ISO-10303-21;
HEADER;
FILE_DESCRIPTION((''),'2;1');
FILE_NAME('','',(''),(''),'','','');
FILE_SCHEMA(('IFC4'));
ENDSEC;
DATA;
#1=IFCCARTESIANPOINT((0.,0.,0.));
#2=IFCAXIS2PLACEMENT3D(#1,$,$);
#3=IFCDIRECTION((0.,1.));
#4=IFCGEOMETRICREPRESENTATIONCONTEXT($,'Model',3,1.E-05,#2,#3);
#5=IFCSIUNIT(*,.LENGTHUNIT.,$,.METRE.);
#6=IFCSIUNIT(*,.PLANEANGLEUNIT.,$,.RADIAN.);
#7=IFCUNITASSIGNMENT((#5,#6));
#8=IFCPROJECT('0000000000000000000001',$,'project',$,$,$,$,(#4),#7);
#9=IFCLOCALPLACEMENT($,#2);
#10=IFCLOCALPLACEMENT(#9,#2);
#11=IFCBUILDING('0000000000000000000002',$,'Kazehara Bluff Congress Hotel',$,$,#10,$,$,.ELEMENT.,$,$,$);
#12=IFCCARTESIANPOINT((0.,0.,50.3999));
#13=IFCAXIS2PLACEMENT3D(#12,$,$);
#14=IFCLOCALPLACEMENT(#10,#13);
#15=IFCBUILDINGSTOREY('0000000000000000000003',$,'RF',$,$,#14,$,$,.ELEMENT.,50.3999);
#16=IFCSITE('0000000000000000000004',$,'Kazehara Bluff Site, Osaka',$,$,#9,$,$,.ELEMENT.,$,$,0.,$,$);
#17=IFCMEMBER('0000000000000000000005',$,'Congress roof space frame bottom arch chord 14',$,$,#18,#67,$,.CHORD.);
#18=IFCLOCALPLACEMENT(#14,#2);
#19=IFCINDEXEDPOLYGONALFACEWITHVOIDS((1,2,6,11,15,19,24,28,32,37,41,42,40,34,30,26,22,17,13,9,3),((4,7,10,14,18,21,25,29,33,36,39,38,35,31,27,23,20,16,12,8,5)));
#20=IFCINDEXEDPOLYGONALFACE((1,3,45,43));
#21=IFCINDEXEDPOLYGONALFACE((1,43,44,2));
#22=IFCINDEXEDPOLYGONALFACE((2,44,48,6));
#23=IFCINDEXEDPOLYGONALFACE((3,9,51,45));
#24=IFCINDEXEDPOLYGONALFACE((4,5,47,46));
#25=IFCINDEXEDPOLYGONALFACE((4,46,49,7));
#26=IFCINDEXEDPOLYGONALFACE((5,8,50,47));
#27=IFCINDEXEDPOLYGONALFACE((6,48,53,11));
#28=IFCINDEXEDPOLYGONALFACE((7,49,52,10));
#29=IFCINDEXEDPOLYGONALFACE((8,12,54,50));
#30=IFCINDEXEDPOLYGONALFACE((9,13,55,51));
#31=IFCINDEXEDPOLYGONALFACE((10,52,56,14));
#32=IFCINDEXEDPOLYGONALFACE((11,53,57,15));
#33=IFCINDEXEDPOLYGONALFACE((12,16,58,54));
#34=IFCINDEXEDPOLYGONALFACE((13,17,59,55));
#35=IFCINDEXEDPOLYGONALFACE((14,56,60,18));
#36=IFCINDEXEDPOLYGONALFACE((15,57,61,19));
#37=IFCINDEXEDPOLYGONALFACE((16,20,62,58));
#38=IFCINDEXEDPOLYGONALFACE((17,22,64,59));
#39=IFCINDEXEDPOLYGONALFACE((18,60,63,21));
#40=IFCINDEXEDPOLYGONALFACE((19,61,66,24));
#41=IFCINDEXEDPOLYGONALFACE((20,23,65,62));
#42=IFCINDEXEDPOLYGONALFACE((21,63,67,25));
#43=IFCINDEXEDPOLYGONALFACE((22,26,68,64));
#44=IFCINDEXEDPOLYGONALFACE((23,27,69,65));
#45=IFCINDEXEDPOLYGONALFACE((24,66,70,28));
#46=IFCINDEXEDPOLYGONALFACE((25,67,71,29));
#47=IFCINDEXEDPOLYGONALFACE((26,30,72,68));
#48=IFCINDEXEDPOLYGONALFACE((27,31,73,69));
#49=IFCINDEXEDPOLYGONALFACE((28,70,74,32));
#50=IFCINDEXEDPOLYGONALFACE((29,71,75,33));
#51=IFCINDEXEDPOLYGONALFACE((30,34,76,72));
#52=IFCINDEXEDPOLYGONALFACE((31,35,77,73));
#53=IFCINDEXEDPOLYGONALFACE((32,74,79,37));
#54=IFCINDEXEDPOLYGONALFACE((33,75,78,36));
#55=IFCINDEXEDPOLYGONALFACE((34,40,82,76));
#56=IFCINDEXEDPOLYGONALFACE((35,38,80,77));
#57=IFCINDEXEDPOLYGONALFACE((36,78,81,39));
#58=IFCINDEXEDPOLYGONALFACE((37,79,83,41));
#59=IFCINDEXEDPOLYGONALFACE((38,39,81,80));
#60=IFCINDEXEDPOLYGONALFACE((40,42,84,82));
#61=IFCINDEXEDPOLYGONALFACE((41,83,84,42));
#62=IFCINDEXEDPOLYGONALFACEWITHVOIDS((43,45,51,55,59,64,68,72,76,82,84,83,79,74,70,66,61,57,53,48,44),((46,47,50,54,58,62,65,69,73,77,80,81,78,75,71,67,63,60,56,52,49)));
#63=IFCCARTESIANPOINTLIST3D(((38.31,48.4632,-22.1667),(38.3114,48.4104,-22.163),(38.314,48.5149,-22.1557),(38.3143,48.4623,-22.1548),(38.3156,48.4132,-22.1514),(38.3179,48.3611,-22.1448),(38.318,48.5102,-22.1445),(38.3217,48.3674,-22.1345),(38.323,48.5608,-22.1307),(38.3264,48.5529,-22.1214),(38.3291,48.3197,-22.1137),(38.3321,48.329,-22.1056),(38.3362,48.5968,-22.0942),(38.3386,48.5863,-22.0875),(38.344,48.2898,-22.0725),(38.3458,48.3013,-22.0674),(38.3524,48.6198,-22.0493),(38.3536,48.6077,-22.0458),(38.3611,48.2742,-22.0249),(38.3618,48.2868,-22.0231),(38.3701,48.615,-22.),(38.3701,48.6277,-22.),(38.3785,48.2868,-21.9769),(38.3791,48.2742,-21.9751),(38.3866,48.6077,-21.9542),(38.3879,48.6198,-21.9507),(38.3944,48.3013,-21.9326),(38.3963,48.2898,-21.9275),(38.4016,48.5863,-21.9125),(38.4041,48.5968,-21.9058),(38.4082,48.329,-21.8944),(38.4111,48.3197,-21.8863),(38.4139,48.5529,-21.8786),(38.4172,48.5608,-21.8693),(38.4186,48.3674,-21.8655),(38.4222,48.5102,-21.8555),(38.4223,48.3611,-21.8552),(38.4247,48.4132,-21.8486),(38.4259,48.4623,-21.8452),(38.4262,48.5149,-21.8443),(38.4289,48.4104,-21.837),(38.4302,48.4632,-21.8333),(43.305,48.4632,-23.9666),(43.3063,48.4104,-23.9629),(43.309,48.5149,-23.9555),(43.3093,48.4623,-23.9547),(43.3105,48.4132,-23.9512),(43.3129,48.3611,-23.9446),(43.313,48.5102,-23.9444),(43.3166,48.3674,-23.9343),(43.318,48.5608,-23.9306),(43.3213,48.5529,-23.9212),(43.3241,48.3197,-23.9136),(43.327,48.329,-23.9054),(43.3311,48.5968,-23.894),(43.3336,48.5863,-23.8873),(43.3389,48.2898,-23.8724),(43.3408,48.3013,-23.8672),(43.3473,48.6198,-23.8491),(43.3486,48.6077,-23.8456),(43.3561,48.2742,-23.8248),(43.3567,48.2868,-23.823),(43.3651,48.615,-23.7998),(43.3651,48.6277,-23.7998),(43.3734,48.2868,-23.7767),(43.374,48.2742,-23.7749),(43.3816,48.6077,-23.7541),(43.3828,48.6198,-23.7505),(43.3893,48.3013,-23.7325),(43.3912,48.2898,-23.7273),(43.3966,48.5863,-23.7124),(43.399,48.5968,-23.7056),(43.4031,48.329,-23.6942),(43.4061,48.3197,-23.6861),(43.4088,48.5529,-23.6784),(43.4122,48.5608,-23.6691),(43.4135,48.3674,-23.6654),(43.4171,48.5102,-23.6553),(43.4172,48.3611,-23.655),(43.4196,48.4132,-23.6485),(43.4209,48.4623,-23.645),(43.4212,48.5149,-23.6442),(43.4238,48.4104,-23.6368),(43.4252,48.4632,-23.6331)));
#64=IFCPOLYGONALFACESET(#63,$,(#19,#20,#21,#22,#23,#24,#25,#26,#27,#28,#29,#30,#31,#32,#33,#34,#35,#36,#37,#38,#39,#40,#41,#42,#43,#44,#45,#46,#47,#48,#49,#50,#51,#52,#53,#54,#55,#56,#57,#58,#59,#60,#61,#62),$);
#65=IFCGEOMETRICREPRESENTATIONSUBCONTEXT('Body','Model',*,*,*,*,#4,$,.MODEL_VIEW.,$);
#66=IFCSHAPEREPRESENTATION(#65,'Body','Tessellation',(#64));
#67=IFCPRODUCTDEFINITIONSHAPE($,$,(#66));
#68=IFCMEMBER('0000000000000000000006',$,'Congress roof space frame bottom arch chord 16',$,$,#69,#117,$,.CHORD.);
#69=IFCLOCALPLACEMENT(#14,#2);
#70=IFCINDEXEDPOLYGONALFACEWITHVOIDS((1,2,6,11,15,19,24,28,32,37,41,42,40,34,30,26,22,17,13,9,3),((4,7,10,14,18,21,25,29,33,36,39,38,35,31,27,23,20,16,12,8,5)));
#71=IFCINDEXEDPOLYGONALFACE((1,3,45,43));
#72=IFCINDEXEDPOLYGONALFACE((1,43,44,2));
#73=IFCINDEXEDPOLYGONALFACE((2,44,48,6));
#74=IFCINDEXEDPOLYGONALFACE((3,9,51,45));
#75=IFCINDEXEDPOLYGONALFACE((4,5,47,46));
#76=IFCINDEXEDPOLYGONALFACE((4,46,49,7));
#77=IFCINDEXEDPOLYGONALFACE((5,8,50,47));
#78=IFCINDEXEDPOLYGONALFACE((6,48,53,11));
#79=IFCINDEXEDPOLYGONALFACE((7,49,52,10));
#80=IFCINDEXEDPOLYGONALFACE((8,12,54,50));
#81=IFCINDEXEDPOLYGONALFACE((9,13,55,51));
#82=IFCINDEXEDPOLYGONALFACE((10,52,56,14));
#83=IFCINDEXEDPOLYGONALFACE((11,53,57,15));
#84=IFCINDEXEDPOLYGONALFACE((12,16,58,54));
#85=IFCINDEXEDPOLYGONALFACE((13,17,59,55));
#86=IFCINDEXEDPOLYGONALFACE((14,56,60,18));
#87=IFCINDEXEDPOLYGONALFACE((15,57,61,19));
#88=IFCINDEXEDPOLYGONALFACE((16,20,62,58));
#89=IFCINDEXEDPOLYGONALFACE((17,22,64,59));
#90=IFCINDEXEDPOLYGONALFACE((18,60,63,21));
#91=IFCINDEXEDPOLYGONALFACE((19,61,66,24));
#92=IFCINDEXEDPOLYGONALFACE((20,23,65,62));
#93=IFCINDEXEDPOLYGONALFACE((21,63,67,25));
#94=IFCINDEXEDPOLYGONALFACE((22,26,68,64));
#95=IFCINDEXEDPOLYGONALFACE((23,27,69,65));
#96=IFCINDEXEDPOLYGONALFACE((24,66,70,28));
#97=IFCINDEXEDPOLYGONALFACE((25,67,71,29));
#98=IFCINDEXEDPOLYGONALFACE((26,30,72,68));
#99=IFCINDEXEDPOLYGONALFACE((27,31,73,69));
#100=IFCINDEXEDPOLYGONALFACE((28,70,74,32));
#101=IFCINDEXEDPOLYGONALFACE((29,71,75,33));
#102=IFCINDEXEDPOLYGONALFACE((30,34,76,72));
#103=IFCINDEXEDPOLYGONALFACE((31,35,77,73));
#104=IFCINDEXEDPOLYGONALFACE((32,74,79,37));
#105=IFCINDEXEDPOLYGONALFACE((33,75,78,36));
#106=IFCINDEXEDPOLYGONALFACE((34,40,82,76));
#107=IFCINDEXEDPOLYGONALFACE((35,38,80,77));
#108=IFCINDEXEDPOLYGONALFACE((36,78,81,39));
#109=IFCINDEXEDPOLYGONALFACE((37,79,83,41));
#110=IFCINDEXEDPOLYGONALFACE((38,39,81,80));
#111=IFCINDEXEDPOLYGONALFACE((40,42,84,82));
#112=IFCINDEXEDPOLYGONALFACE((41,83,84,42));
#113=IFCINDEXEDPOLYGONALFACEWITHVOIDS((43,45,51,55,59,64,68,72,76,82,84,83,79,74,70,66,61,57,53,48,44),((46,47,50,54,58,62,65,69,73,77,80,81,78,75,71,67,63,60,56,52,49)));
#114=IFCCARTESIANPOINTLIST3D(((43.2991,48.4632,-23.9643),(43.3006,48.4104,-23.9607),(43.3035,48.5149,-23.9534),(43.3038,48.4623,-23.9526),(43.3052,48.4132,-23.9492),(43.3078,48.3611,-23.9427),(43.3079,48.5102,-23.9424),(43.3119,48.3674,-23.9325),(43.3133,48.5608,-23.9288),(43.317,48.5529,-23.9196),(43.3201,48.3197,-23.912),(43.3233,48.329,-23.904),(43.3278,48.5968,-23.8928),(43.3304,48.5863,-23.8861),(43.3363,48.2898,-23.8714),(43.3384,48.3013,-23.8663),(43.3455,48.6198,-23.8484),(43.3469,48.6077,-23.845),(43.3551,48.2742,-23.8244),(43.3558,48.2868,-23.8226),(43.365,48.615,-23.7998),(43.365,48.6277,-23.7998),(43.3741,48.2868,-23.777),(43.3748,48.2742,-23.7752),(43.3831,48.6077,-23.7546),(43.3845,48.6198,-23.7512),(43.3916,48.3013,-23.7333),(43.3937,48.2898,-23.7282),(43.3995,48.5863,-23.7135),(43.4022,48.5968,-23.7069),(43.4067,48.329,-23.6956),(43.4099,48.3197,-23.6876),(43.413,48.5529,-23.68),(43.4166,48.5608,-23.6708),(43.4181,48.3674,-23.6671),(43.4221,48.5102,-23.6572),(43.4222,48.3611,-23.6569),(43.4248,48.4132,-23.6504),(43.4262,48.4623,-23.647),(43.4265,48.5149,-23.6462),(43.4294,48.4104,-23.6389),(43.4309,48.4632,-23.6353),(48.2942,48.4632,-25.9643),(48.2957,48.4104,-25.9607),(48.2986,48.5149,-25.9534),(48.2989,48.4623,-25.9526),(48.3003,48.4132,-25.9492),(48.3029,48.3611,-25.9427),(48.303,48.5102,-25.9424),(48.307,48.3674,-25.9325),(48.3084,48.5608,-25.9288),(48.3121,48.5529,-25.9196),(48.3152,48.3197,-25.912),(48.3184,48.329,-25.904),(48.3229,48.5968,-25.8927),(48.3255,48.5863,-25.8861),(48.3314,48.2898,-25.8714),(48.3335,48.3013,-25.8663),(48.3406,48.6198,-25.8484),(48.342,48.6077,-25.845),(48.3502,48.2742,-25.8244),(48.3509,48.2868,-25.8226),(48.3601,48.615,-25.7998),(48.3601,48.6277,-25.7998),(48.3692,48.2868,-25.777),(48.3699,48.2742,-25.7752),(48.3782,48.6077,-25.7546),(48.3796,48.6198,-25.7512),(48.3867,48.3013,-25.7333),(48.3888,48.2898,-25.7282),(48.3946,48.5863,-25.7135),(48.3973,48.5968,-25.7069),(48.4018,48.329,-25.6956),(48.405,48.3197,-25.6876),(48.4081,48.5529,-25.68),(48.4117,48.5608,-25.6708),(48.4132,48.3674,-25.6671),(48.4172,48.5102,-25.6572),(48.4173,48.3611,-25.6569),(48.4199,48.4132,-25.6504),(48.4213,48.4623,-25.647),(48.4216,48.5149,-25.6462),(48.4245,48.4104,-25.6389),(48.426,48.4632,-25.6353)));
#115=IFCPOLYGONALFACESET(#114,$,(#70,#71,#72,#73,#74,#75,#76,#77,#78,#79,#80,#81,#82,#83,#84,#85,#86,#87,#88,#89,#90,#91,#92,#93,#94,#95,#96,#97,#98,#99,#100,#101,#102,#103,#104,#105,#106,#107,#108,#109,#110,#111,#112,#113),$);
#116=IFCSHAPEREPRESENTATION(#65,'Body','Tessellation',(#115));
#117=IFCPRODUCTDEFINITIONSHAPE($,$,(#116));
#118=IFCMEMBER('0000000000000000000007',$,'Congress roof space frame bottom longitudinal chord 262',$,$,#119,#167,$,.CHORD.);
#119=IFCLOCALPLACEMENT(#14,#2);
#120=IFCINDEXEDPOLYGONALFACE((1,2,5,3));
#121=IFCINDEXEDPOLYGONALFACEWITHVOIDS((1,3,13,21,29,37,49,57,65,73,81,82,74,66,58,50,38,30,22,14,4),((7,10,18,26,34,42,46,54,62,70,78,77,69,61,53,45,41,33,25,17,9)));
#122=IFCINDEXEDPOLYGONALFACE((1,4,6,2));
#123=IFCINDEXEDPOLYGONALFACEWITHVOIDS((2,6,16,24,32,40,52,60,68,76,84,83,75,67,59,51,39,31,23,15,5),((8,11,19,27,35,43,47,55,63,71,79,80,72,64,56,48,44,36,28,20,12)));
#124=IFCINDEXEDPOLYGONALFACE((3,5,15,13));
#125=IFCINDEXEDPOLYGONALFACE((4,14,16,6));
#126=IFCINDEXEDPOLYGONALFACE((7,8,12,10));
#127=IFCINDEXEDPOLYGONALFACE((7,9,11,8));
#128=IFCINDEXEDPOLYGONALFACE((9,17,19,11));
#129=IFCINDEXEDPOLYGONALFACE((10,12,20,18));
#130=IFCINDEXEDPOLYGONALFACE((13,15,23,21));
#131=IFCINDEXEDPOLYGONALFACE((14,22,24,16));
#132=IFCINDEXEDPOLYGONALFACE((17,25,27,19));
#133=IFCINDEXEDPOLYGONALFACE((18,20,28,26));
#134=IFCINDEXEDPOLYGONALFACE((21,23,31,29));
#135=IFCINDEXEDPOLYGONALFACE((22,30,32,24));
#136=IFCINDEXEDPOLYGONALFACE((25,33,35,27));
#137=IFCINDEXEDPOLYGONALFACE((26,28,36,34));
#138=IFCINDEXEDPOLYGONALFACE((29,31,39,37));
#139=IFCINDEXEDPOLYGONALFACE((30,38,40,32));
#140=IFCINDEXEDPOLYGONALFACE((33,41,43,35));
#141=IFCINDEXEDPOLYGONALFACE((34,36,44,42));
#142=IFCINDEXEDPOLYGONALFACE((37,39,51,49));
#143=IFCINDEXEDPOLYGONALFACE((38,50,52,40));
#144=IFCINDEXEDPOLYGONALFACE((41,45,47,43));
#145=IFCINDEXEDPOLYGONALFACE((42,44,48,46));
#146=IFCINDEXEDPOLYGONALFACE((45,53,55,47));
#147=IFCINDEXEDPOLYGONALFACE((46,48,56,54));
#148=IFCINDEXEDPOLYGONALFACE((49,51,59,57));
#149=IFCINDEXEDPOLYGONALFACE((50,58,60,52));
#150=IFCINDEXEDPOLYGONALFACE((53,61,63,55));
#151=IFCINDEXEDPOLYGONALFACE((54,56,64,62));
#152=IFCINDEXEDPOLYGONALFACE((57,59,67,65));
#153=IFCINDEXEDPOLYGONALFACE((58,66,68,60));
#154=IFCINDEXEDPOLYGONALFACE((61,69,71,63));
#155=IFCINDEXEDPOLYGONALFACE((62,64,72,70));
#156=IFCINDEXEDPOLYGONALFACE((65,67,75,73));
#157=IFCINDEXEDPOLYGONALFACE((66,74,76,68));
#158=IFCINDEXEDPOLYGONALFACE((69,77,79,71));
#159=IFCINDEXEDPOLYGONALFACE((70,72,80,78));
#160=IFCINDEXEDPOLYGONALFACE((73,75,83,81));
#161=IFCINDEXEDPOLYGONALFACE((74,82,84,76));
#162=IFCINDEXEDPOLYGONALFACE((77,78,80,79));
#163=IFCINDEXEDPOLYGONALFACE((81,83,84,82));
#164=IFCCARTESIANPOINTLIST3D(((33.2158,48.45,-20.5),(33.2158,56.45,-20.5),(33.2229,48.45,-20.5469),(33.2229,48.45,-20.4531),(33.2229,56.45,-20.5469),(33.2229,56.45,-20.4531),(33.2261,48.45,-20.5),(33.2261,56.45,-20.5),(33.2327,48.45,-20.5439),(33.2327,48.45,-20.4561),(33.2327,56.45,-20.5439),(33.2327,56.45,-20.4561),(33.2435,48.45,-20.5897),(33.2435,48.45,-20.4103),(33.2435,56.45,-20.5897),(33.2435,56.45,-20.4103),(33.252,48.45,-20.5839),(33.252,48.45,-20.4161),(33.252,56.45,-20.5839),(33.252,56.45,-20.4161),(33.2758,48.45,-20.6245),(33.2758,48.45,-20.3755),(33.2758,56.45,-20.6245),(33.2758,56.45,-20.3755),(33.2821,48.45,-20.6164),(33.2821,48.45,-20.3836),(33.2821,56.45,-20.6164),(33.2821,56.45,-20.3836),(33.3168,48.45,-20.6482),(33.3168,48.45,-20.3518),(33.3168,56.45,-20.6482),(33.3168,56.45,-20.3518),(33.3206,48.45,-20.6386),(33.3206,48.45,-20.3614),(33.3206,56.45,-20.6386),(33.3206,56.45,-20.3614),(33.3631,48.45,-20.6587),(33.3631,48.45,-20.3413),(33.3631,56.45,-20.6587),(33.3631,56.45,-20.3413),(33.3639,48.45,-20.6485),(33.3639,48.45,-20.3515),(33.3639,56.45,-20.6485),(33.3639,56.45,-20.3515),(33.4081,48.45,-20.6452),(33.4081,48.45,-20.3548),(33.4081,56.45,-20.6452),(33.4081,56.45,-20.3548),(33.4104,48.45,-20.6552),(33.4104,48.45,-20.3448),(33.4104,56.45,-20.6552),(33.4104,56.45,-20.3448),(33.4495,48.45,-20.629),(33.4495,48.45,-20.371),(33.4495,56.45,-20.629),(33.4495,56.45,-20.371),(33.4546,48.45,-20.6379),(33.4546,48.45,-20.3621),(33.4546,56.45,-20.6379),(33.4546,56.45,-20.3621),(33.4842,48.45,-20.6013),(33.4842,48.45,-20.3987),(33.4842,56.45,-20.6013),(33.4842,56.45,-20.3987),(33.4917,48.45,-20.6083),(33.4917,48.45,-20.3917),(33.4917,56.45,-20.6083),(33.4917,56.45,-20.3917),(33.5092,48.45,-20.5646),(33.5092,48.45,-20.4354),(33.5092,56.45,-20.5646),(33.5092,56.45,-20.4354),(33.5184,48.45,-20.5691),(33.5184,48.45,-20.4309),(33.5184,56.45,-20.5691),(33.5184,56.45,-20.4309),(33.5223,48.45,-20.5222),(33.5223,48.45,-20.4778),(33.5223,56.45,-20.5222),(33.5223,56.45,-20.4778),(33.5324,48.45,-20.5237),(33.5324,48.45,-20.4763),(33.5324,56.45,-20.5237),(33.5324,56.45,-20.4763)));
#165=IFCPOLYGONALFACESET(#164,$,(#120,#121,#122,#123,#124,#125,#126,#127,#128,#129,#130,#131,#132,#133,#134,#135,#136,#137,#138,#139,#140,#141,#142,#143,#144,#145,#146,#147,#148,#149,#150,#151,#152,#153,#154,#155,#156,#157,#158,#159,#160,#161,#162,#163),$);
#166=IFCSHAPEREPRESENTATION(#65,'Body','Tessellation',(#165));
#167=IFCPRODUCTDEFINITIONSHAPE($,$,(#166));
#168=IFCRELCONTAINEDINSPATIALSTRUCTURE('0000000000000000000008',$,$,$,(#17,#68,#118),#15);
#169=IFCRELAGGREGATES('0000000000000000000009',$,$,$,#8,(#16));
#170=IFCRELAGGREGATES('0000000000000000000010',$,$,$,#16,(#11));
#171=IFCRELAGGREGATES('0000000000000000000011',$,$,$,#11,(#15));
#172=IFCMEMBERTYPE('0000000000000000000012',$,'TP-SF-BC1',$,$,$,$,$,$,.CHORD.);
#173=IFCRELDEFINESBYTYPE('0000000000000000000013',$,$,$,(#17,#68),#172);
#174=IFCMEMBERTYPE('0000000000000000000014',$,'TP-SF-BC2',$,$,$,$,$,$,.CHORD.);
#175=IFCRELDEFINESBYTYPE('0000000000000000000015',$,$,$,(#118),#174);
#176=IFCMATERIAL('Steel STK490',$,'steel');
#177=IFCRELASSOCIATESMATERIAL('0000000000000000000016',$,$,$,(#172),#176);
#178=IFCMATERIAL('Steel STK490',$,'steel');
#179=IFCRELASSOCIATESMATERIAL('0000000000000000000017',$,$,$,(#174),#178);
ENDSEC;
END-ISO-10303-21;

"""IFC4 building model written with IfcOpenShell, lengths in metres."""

from ifc_helpers import new_model, si_unit, direction, frame, origin, origin_2d, place, context, subcontext, project, spatial, hollow_circle, extrude, material, material_profile, profile_set, type_object, element, save


model = new_model("IFC4")

# Units and contexts
model_context = context("Model", 3, precision=1e-05, world=origin(), true_north=direction((0.0, 1.0)))
body_context = subcontext(model_context, "Body", "Model", "MODEL_VIEW")
ifc_project = project(units=[si_unit("LENGTHUNIT", "METRE"), si_unit("PLANEANGLEUNIT", "RADIAN")], contexts=[model_context])

# Site, building, storey
site_placement = place(None, origin())
site = spatial("IfcSite", under=ifc_project, at=site_placement, Name="Kazehara Bluff Site, Osaka", CompositionType="ELEMENT", RefElevation=0.0)
building_placement = place(site_placement, origin())
building = spatial("IfcBuilding", under=site, at=building_placement, Name="Kazehara Bluff Congress Hotel", CompositionType="ELEMENT")
storey_placement = place(building_placement, frame((0.0, 0.0, 50.3999)))
storey = spatial("IfcBuildingStorey", under=building, at=storey_placement, Name="RF", CompositionType="ELEMENT", Elevation=50.3999)

# Members
ifc_material_1 = material(Name="Steel STK490", Category="steel")
ifc_material_profile_1 = material_profile(ifc_material_1, hollow_circle(Radius=0.1777, WallThickness=0.0127, at=origin_2d()))
ifc_profile_set_1 = profile_set([ifc_material_profile_1], Name="Steel STK490")
member_type_1 = type_object("IfcMemberType", Name="TP-SF-BC1", PredefinedType="CHORD", material=ifc_profile_set_1)
member_1_placement = place(storey_placement, frame((38.3701, 48.45, -22.0), z_axis=(0.940788, 0.0, -0.338995), x_axis=(0.0, 1.0, 0.0)))
element("IfcMember", 1, at=member_1_placement, inside=storey, type_object=member_type_1, Name="Congress roof space frame bottom arch chord 14", PredefinedType="CHORD", context=body_context, shape_type="SweptSolid", body=[
    extrude(hollow_circle(Radius=0.1777, WallThickness=0.0127, at=origin_2d()), origin(), (0.0, 0.0, 1.0), 5.3093),
])
member_2_placement = place(storey_placement, frame((43.365, 48.45, -23.7998), z_axis=(0.928351, 0.0, -0.371704), x_axis=(0.0, 1.0, 0.0)))
element("IfcMember", 2, at=member_2_placement, inside=storey, type_object=member_type_1, Name="Congress roof space frame bottom arch chord 16", PredefinedType="CHORD", context=body_context, shape_type="SweptSolid", body=[
    extrude(hollow_circle(Radius=0.1777, WallThickness=0.0127, at=origin_2d()), origin(), (0.0, 0.0, 1.0), 5.3806),
])
ifc_material_2 = material(Name="Steel STK490", Category="steel")
ifc_material_profile_2 = material_profile(ifc_material_2, hollow_circle(Radius=0.1592, WallThickness=0.0103, at=origin_2d()))
ifc_profile_set_2 = profile_set([ifc_material_profile_2], Name="Steel STK490")
member_type_2 = type_object("IfcMemberType", Name="TP-SF-BC2", PredefinedType="CHORD", material=ifc_profile_set_2)
for number, where, z_axis, x_axis, name in (
    (3, (33.375, 48.45, -20.5), (0.0, 1.0, 0.0), (-1.0, 0.0, 0.0), "Congress roof space frame bottom longitudinal chord 262"),
):
    element("IfcMember", number, at=place(storey_placement, frame(where, z_axis=z_axis, x_axis=x_axis)), inside=storey, type_object=member_type_2, Name=name, PredefinedType="CHORD", context=body_context, shape_type="SweptSolid", body=[
        extrude(hollow_circle(Radius=0.1592, WallThickness=0.0103, at=origin_2d()), origin(), (0.0, 0.0, 1.0), 8.0),
    ])

save(model, "model.ifc")
